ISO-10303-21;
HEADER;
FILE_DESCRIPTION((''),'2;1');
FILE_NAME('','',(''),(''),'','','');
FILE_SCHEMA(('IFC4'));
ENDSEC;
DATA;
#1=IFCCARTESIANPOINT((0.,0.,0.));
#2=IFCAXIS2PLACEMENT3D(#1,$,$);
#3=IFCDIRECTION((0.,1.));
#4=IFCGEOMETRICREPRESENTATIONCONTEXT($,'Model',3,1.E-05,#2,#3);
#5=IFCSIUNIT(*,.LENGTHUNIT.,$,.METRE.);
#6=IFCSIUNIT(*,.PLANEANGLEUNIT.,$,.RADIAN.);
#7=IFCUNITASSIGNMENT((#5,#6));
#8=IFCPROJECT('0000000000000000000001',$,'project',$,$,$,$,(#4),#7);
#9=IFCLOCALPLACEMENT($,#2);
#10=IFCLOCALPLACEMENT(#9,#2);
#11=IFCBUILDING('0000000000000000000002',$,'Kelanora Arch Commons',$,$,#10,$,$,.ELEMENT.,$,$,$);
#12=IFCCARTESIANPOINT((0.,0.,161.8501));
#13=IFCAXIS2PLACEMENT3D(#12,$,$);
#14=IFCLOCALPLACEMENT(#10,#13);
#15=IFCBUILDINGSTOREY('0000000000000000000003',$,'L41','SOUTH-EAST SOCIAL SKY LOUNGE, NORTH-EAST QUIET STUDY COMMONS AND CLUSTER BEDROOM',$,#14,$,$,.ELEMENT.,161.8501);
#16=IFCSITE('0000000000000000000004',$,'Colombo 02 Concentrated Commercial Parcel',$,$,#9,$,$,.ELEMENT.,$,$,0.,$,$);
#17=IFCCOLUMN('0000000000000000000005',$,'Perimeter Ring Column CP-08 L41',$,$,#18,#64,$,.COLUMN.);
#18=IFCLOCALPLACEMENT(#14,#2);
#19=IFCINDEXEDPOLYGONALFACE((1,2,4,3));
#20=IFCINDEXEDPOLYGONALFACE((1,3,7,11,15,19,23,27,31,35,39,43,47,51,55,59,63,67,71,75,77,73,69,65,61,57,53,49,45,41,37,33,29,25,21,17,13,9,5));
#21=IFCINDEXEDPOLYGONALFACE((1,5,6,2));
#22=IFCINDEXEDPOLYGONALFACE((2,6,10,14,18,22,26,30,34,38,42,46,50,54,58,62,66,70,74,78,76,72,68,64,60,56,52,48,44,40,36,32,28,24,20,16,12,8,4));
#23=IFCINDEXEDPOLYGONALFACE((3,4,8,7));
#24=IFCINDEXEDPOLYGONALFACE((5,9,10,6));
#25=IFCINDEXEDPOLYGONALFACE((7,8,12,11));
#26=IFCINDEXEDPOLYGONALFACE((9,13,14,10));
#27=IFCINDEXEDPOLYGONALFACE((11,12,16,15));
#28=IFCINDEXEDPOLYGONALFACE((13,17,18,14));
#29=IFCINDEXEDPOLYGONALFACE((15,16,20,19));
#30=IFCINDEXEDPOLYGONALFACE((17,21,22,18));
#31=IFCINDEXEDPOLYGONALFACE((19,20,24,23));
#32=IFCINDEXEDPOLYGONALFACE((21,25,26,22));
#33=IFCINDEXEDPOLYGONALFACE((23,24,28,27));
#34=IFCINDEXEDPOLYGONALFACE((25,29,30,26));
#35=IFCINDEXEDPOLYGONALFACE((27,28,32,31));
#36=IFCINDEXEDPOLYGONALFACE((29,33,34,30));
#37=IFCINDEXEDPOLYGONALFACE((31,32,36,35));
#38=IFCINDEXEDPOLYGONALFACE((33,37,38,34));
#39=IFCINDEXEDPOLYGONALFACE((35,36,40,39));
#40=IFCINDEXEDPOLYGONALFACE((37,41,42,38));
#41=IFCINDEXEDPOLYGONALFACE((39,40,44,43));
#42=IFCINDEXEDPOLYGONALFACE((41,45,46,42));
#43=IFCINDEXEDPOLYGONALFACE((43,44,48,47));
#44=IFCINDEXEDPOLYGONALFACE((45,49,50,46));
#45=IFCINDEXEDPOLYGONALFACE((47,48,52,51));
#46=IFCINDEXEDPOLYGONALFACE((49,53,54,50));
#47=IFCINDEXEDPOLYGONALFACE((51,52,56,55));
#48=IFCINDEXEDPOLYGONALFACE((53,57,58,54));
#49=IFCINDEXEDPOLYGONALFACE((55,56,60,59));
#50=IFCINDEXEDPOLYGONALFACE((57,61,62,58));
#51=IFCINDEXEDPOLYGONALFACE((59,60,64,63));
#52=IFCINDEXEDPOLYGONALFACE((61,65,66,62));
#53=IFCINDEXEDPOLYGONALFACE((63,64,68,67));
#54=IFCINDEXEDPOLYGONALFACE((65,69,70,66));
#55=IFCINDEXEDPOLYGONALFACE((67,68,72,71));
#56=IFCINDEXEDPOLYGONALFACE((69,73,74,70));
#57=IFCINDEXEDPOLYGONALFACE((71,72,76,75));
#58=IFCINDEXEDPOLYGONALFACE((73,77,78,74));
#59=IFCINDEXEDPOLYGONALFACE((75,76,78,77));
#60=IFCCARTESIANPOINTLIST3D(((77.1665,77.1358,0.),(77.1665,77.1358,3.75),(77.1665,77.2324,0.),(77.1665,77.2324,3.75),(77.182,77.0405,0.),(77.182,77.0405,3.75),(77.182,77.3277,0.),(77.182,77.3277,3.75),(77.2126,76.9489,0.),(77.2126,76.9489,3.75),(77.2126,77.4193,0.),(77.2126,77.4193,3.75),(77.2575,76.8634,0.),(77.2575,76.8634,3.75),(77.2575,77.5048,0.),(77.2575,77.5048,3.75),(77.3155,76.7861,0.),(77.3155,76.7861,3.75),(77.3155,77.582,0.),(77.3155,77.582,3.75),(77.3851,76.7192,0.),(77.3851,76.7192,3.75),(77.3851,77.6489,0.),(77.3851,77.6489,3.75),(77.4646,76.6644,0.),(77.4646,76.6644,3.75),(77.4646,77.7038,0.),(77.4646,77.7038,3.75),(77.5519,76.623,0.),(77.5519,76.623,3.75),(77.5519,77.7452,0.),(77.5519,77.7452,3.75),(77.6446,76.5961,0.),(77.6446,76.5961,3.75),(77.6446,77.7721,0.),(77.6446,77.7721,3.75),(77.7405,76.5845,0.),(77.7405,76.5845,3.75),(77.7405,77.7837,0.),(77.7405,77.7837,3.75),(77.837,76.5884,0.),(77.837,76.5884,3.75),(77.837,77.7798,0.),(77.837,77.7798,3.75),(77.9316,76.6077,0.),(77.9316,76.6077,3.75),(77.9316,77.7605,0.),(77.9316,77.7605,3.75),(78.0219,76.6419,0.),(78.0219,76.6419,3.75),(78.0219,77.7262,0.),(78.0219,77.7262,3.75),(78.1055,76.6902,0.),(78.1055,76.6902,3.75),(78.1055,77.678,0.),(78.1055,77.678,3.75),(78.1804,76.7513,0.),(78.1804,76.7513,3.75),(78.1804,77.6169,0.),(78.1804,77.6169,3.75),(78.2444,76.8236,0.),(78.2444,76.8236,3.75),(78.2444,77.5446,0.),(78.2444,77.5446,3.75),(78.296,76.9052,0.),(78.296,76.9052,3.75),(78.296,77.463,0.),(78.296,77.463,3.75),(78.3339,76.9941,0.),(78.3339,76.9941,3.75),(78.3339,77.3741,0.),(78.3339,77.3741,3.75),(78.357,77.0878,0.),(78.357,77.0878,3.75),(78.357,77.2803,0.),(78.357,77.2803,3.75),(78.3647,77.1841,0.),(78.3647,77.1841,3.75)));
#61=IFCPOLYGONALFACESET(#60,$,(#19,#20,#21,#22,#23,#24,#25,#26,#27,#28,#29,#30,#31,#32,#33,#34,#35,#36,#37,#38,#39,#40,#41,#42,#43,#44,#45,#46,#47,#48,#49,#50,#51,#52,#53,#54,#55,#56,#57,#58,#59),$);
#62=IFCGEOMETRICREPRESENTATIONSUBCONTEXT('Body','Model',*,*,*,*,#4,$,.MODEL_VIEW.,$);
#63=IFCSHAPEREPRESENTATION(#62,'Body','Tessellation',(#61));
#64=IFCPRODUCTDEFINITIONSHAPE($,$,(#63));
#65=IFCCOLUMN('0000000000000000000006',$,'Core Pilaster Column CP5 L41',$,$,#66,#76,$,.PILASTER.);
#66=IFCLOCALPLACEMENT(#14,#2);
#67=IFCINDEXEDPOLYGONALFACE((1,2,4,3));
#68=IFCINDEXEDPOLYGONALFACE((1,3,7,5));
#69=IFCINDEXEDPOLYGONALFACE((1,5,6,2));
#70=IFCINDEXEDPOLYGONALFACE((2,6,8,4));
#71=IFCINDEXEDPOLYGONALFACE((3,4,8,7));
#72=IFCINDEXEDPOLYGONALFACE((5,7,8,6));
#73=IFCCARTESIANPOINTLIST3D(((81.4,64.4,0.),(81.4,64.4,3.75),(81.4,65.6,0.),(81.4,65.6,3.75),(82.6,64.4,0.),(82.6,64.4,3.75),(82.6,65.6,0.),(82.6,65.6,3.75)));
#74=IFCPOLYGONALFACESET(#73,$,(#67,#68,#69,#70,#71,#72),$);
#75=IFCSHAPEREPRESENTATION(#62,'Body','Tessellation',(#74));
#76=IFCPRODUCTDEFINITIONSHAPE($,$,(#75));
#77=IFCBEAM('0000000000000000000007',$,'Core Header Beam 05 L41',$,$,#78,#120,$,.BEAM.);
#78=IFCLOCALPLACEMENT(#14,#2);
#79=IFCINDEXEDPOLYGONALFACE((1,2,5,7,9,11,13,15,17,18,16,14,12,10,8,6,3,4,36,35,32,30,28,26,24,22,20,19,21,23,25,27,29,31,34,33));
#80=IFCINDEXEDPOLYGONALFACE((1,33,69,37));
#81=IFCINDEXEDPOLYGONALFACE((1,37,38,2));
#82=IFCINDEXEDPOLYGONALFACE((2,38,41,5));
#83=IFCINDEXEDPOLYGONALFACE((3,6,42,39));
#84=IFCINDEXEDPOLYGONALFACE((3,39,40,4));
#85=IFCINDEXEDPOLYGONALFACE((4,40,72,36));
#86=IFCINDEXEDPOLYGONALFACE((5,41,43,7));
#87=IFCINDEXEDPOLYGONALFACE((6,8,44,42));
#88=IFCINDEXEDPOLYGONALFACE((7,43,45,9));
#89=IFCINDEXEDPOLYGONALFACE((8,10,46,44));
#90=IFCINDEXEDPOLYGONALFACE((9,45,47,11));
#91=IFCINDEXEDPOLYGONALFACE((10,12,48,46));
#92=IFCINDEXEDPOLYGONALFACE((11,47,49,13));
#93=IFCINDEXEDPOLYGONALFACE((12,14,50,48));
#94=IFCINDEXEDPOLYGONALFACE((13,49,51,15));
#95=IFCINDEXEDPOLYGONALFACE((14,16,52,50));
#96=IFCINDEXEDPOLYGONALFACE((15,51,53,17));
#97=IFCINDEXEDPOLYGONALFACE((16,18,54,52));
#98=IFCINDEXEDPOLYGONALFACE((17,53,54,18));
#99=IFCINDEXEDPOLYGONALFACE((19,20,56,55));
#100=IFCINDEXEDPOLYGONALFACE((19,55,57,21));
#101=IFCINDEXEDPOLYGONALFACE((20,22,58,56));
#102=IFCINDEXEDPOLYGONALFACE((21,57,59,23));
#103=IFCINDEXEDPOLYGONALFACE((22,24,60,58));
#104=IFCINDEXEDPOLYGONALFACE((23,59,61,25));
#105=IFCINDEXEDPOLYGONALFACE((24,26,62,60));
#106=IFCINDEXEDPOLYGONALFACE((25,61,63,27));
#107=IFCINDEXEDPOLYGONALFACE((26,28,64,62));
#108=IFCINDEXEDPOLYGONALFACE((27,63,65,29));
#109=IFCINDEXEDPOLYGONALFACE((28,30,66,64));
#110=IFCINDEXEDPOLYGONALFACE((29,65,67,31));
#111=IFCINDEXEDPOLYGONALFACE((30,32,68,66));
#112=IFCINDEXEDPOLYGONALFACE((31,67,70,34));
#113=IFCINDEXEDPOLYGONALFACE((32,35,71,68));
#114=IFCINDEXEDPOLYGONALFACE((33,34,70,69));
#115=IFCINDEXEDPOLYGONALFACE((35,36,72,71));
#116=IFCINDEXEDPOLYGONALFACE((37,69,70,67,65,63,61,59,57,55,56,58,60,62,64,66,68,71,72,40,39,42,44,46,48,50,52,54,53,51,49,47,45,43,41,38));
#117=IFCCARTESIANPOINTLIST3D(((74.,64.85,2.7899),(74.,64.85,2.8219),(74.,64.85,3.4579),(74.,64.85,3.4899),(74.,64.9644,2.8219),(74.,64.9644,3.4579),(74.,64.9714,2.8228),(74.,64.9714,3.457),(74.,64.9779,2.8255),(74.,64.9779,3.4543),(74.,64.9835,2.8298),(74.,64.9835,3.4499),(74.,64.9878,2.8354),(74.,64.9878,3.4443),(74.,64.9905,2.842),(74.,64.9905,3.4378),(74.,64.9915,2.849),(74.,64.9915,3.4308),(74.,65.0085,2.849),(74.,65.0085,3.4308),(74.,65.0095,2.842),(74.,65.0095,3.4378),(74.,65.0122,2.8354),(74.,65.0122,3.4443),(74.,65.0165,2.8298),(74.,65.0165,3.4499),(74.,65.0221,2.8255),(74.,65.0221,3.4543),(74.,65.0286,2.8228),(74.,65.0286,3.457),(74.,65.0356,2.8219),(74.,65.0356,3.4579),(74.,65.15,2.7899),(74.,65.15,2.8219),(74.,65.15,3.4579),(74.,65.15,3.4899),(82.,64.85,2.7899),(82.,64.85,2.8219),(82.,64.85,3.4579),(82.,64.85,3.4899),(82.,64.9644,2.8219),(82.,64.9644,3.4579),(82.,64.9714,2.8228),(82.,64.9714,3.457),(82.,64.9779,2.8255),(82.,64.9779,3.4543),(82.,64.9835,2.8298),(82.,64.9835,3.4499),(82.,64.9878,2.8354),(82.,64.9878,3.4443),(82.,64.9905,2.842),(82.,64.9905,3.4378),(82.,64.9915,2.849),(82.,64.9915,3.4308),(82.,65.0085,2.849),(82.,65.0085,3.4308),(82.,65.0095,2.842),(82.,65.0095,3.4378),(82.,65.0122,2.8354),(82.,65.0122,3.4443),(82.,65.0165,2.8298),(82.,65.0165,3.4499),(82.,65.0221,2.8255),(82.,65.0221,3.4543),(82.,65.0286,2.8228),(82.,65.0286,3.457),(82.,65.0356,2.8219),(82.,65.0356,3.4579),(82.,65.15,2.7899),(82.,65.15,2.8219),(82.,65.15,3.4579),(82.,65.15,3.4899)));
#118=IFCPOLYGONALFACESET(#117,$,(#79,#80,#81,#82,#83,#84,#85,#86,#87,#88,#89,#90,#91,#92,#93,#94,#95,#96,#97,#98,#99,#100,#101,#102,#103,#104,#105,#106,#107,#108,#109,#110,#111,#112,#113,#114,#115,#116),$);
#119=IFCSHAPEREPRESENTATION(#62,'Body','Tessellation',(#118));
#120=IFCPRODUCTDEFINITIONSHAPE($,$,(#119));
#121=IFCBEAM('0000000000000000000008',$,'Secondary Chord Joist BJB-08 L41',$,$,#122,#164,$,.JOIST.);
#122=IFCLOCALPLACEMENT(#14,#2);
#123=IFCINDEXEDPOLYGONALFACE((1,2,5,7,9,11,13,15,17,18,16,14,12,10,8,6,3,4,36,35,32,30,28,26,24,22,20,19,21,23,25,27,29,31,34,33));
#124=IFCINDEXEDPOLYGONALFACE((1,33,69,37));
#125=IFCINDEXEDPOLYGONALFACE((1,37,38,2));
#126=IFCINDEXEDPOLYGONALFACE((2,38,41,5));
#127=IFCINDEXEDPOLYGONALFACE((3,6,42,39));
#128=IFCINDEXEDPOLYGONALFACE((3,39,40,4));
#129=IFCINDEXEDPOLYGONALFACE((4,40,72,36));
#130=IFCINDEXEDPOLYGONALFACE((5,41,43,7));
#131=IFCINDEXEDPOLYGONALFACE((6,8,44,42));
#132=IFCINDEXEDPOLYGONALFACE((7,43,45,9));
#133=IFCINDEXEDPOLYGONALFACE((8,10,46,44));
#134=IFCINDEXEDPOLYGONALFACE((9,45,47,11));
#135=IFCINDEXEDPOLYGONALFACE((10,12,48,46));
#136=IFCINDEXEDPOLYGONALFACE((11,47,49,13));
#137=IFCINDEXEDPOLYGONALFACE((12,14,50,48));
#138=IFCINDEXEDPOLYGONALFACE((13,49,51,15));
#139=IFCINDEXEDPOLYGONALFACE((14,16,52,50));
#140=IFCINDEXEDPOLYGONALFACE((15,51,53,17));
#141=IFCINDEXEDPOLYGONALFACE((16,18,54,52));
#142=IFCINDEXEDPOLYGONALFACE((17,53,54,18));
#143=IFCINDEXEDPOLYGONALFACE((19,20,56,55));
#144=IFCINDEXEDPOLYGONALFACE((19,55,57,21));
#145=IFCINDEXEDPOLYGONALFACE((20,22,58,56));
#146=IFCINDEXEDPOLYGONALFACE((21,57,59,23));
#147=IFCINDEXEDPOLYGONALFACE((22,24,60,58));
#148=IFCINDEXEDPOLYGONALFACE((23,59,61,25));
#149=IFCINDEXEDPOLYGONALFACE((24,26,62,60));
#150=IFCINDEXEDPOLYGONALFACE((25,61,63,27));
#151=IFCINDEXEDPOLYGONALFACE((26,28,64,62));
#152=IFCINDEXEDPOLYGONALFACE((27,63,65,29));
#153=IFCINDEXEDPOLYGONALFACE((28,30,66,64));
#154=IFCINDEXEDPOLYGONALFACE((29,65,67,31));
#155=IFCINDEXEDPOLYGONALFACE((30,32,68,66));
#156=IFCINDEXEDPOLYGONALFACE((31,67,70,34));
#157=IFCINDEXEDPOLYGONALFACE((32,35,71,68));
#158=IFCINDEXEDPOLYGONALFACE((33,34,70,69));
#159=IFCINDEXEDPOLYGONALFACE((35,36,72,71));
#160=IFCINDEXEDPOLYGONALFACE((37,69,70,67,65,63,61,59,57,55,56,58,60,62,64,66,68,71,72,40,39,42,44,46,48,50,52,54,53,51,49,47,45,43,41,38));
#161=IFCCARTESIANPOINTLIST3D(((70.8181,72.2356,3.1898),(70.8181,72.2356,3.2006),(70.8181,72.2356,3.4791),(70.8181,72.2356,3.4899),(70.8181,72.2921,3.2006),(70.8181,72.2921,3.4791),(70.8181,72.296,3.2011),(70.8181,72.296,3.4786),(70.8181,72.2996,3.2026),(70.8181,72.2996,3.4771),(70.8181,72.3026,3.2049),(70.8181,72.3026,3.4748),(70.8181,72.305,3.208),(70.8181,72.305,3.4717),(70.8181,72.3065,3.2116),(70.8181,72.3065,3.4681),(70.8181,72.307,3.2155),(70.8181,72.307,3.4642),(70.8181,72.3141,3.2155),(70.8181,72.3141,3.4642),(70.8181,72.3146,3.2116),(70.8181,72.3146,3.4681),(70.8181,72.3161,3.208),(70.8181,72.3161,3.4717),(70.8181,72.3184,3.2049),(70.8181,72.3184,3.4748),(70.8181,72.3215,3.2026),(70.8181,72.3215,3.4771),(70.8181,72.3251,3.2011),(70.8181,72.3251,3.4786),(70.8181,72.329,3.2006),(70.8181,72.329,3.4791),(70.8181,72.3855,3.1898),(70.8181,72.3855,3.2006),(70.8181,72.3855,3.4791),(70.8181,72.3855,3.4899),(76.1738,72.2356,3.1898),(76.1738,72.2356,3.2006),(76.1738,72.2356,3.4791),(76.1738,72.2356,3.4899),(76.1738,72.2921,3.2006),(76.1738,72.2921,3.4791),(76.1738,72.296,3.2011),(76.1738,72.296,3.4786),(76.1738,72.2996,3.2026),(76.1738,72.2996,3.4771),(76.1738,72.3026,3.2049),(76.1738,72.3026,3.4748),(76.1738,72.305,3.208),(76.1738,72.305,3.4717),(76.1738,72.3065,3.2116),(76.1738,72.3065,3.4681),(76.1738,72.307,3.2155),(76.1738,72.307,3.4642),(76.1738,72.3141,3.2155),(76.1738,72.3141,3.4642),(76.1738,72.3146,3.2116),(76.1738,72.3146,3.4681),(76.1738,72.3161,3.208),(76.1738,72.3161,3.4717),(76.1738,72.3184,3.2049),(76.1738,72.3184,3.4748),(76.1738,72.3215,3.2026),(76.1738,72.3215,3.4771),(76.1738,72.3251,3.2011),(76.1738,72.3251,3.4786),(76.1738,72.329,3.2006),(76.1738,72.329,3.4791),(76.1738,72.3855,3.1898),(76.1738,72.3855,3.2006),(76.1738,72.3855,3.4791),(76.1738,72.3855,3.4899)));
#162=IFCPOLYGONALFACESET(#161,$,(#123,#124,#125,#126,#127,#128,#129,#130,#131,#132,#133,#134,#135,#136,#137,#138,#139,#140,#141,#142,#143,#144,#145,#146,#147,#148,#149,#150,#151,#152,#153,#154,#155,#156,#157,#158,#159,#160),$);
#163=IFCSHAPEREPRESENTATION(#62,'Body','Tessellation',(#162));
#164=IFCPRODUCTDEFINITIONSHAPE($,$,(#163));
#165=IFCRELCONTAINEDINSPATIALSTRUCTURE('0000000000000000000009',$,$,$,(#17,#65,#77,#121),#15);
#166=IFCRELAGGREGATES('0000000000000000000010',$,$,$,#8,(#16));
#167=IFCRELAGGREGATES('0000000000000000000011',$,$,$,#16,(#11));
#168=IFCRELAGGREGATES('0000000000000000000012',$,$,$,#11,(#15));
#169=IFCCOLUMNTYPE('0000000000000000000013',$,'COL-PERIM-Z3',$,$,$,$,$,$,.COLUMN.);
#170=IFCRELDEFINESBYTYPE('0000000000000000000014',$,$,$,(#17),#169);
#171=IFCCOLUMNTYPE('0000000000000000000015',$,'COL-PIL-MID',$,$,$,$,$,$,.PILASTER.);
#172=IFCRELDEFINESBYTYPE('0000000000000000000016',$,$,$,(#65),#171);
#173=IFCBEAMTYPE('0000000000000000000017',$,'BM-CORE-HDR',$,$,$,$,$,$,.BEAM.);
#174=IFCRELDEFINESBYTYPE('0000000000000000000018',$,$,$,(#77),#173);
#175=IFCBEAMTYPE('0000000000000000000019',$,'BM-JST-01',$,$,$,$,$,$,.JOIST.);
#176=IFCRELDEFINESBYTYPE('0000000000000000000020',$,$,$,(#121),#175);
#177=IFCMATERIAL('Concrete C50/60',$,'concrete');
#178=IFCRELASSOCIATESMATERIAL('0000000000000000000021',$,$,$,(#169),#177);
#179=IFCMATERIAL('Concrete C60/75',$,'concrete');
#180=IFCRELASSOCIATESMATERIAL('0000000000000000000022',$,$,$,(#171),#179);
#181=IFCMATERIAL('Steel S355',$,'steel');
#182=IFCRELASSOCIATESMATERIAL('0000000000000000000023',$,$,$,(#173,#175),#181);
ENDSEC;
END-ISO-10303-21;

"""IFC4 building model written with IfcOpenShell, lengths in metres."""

from ifc_helpers import new_model, si_unit, direction, frame, origin, origin_2d, place, context, subcontext, project, spatial, rectangle, circle, i_section, extrude, material, material_profile, profile_set, type_object, element, save


model = new_model("IFC4")

# Units and contexts
model_context = context("Model", 3, precision=1e-05, world=origin(), true_north=direction((0.0, 1.0)))
body_context = subcontext(model_context, "Body", "Model", "MODEL_VIEW")
ifc_project = project(units=[si_unit("LENGTHUNIT", "METRE"), si_unit("PLANEANGLEUNIT", "RADIAN")], contexts=[model_context])

# Site, building, storey
site_placement = place(None, origin())
site = spatial("IfcSite", under=ifc_project, at=site_placement, Name="Colombo 02 Concentrated Commercial Parcel", CompositionType="ELEMENT", RefElevation=0.0)
building_placement = place(site_placement, origin())
building = spatial("IfcBuilding", under=site, at=building_placement, Name="Kelanora Arch Commons", CompositionType="ELEMENT")
storey_placement = place(building_placement, frame((0.0, 0.0, 161.8501)))
storey = spatial("IfcBuildingStorey", under=building, at=storey_placement, Name="L41", Description="SOUTH-EAST SOCIAL SKY LOUNGE, NORTH-EAST QUIET STUDY COMMONS AND CLUSTER BEDROOM", CompositionType="ELEMENT", Elevation=161.8501)

# Columns
ifc_material_1 = material(Name="Concrete C50/60", Category="concrete")
ifc_material_profile_1 = material_profile(ifc_material_1, circle(Radius=0.6001, at=origin_2d()), Name="RCC1200")
ifc_profile_set_1 = profile_set([ifc_material_profile_1], Name="Concrete C50/60")
column_type_1 = type_object("IfcColumnType", Name="COL-PERIM-Z3", PredefinedType="COLUMN", material=ifc_profile_set_1)
column_1_placement = place(storey_placement, frame((77.7646, 77.1841, 0.0), z_axis=(0.0, 0.0, 1.0), x_axis=(1.0, 0.0, 0.0)))
element("IfcColumn", 1, at=column_1_placement, inside=storey, type_object=column_type_1, Name="Perimeter Ring Column CP-08 L41", PredefinedType="COLUMN", context=body_context, shape_type="SweptSolid", body=[
    extrude(circle(Radius=0.6001, at=origin_2d()), origin(), (0.0, 0.0, 1.0), 3.75),
])
ifc_material_2 = material(Name="Concrete C60/75", Category="concrete")
ifc_material_profile_2 = material_profile(ifc_material_2, rectangle(XDim=1.2, YDim=1.2, at=origin_2d()), Name="RC1200x1200")
ifc_profile_set_2 = profile_set([ifc_material_profile_2], Name="Concrete C60/75")
column_type_2 = type_object("IfcColumnType", Name="COL-PIL-MID", PredefinedType="PILASTER", material=ifc_profile_set_2)
column_2_placement = place(storey_placement, frame((82.0, 65.0, 0.0), z_axis=(0.0, 0.0, 1.0), x_axis=(1.0, 0.0, 0.0)))
element("IfcColumn", 2, at=column_2_placement, inside=storey, type_object=column_type_2, Name="Core Pilaster Column CP5 L41", PredefinedType="PILASTER", context=body_context, shape_type="SweptSolid", body=[
    extrude(rectangle(XDim=1.2, YDim=1.2, at=origin_2d()), origin(), (0.0, 0.0, 1.0), 3.75),
])

# Beams
ifc_material_3 = material(Name="Steel S355", Category="steel")
ifc_material_profile_3 = material_profile(ifc_material_3, i_section(OverallWidth=0.3, OverallDepth=0.7, WebThickness=0.0171, FlangeThickness=0.032, FilletRadius=0.0271, at=origin_2d()), Name="HEB700")
ifc_profile_set_3 = profile_set([ifc_material_profile_3], Name="Steel S355")
beam_type_1 = type_object("IfcBeamType", Name="BM-CORE-HDR", PredefinedType="BEAM", material=ifc_profile_set_3)
beam_1_placement = place(storey_placement, frame((82.0, 65.0, 3.1399), z_axis=(-1.0, 0.0, 0.0), x_axis=(0.0, -1.0, 0.0)))
element("IfcBeam", 3, at=beam_1_placement, inside=storey, type_object=beam_type_1, Name="Core Header Beam 05 L41", PredefinedType="BEAM", context=body_context, shape_type="SweptSolid", body=[
    extrude(i_section(OverallWidth=0.3, OverallDepth=0.7, WebThickness=0.0171, FlangeThickness=0.032, FilletRadius=0.0271, at=origin_2d()), origin(), (0.0, 0.0, 1.0), 8.0),
])
ifc_material_profile_4 = material_profile(ifc_material_3, i_section(OverallWidth=0.1499, OverallDepth=0.3, WebThickness=0.0071, FlangeThickness=0.0107, FilletRadius=0.0149, at=origin_2d()), Name="IPE300")
ifc_profile_set_4 = profile_set([ifc_material_profile_4], Name="Steel S355")
beam_type_2 = type_object("IfcBeamType", Name="BM-JST-01", PredefinedType="JOIST", material=ifc_profile_set_4)
beam_2_placement = place(storey_placement, frame((76.1738, 72.3105, 3.3398), z_axis=(-1.0, 0.0, 0.0), x_axis=(0.0, -1.0, 0.0)))
element("IfcBeam", 4, at=beam_2_placement, inside=storey, type_object=beam_type_2, Name="Secondary Chord Joist BJB-08 L41", PredefinedType="JOIST", context=body_context, shape_type="SweptSolid", body=[
    extrude(i_section(OverallWidth=0.1499, OverallDepth=0.3, WebThickness=0.0071, FlangeThickness=0.0107, FilletRadius=0.0149, at=origin_2d()), origin(), (0.0, 0.0, 1.0), 5.3557),
])

save(model, "model.ifc")
